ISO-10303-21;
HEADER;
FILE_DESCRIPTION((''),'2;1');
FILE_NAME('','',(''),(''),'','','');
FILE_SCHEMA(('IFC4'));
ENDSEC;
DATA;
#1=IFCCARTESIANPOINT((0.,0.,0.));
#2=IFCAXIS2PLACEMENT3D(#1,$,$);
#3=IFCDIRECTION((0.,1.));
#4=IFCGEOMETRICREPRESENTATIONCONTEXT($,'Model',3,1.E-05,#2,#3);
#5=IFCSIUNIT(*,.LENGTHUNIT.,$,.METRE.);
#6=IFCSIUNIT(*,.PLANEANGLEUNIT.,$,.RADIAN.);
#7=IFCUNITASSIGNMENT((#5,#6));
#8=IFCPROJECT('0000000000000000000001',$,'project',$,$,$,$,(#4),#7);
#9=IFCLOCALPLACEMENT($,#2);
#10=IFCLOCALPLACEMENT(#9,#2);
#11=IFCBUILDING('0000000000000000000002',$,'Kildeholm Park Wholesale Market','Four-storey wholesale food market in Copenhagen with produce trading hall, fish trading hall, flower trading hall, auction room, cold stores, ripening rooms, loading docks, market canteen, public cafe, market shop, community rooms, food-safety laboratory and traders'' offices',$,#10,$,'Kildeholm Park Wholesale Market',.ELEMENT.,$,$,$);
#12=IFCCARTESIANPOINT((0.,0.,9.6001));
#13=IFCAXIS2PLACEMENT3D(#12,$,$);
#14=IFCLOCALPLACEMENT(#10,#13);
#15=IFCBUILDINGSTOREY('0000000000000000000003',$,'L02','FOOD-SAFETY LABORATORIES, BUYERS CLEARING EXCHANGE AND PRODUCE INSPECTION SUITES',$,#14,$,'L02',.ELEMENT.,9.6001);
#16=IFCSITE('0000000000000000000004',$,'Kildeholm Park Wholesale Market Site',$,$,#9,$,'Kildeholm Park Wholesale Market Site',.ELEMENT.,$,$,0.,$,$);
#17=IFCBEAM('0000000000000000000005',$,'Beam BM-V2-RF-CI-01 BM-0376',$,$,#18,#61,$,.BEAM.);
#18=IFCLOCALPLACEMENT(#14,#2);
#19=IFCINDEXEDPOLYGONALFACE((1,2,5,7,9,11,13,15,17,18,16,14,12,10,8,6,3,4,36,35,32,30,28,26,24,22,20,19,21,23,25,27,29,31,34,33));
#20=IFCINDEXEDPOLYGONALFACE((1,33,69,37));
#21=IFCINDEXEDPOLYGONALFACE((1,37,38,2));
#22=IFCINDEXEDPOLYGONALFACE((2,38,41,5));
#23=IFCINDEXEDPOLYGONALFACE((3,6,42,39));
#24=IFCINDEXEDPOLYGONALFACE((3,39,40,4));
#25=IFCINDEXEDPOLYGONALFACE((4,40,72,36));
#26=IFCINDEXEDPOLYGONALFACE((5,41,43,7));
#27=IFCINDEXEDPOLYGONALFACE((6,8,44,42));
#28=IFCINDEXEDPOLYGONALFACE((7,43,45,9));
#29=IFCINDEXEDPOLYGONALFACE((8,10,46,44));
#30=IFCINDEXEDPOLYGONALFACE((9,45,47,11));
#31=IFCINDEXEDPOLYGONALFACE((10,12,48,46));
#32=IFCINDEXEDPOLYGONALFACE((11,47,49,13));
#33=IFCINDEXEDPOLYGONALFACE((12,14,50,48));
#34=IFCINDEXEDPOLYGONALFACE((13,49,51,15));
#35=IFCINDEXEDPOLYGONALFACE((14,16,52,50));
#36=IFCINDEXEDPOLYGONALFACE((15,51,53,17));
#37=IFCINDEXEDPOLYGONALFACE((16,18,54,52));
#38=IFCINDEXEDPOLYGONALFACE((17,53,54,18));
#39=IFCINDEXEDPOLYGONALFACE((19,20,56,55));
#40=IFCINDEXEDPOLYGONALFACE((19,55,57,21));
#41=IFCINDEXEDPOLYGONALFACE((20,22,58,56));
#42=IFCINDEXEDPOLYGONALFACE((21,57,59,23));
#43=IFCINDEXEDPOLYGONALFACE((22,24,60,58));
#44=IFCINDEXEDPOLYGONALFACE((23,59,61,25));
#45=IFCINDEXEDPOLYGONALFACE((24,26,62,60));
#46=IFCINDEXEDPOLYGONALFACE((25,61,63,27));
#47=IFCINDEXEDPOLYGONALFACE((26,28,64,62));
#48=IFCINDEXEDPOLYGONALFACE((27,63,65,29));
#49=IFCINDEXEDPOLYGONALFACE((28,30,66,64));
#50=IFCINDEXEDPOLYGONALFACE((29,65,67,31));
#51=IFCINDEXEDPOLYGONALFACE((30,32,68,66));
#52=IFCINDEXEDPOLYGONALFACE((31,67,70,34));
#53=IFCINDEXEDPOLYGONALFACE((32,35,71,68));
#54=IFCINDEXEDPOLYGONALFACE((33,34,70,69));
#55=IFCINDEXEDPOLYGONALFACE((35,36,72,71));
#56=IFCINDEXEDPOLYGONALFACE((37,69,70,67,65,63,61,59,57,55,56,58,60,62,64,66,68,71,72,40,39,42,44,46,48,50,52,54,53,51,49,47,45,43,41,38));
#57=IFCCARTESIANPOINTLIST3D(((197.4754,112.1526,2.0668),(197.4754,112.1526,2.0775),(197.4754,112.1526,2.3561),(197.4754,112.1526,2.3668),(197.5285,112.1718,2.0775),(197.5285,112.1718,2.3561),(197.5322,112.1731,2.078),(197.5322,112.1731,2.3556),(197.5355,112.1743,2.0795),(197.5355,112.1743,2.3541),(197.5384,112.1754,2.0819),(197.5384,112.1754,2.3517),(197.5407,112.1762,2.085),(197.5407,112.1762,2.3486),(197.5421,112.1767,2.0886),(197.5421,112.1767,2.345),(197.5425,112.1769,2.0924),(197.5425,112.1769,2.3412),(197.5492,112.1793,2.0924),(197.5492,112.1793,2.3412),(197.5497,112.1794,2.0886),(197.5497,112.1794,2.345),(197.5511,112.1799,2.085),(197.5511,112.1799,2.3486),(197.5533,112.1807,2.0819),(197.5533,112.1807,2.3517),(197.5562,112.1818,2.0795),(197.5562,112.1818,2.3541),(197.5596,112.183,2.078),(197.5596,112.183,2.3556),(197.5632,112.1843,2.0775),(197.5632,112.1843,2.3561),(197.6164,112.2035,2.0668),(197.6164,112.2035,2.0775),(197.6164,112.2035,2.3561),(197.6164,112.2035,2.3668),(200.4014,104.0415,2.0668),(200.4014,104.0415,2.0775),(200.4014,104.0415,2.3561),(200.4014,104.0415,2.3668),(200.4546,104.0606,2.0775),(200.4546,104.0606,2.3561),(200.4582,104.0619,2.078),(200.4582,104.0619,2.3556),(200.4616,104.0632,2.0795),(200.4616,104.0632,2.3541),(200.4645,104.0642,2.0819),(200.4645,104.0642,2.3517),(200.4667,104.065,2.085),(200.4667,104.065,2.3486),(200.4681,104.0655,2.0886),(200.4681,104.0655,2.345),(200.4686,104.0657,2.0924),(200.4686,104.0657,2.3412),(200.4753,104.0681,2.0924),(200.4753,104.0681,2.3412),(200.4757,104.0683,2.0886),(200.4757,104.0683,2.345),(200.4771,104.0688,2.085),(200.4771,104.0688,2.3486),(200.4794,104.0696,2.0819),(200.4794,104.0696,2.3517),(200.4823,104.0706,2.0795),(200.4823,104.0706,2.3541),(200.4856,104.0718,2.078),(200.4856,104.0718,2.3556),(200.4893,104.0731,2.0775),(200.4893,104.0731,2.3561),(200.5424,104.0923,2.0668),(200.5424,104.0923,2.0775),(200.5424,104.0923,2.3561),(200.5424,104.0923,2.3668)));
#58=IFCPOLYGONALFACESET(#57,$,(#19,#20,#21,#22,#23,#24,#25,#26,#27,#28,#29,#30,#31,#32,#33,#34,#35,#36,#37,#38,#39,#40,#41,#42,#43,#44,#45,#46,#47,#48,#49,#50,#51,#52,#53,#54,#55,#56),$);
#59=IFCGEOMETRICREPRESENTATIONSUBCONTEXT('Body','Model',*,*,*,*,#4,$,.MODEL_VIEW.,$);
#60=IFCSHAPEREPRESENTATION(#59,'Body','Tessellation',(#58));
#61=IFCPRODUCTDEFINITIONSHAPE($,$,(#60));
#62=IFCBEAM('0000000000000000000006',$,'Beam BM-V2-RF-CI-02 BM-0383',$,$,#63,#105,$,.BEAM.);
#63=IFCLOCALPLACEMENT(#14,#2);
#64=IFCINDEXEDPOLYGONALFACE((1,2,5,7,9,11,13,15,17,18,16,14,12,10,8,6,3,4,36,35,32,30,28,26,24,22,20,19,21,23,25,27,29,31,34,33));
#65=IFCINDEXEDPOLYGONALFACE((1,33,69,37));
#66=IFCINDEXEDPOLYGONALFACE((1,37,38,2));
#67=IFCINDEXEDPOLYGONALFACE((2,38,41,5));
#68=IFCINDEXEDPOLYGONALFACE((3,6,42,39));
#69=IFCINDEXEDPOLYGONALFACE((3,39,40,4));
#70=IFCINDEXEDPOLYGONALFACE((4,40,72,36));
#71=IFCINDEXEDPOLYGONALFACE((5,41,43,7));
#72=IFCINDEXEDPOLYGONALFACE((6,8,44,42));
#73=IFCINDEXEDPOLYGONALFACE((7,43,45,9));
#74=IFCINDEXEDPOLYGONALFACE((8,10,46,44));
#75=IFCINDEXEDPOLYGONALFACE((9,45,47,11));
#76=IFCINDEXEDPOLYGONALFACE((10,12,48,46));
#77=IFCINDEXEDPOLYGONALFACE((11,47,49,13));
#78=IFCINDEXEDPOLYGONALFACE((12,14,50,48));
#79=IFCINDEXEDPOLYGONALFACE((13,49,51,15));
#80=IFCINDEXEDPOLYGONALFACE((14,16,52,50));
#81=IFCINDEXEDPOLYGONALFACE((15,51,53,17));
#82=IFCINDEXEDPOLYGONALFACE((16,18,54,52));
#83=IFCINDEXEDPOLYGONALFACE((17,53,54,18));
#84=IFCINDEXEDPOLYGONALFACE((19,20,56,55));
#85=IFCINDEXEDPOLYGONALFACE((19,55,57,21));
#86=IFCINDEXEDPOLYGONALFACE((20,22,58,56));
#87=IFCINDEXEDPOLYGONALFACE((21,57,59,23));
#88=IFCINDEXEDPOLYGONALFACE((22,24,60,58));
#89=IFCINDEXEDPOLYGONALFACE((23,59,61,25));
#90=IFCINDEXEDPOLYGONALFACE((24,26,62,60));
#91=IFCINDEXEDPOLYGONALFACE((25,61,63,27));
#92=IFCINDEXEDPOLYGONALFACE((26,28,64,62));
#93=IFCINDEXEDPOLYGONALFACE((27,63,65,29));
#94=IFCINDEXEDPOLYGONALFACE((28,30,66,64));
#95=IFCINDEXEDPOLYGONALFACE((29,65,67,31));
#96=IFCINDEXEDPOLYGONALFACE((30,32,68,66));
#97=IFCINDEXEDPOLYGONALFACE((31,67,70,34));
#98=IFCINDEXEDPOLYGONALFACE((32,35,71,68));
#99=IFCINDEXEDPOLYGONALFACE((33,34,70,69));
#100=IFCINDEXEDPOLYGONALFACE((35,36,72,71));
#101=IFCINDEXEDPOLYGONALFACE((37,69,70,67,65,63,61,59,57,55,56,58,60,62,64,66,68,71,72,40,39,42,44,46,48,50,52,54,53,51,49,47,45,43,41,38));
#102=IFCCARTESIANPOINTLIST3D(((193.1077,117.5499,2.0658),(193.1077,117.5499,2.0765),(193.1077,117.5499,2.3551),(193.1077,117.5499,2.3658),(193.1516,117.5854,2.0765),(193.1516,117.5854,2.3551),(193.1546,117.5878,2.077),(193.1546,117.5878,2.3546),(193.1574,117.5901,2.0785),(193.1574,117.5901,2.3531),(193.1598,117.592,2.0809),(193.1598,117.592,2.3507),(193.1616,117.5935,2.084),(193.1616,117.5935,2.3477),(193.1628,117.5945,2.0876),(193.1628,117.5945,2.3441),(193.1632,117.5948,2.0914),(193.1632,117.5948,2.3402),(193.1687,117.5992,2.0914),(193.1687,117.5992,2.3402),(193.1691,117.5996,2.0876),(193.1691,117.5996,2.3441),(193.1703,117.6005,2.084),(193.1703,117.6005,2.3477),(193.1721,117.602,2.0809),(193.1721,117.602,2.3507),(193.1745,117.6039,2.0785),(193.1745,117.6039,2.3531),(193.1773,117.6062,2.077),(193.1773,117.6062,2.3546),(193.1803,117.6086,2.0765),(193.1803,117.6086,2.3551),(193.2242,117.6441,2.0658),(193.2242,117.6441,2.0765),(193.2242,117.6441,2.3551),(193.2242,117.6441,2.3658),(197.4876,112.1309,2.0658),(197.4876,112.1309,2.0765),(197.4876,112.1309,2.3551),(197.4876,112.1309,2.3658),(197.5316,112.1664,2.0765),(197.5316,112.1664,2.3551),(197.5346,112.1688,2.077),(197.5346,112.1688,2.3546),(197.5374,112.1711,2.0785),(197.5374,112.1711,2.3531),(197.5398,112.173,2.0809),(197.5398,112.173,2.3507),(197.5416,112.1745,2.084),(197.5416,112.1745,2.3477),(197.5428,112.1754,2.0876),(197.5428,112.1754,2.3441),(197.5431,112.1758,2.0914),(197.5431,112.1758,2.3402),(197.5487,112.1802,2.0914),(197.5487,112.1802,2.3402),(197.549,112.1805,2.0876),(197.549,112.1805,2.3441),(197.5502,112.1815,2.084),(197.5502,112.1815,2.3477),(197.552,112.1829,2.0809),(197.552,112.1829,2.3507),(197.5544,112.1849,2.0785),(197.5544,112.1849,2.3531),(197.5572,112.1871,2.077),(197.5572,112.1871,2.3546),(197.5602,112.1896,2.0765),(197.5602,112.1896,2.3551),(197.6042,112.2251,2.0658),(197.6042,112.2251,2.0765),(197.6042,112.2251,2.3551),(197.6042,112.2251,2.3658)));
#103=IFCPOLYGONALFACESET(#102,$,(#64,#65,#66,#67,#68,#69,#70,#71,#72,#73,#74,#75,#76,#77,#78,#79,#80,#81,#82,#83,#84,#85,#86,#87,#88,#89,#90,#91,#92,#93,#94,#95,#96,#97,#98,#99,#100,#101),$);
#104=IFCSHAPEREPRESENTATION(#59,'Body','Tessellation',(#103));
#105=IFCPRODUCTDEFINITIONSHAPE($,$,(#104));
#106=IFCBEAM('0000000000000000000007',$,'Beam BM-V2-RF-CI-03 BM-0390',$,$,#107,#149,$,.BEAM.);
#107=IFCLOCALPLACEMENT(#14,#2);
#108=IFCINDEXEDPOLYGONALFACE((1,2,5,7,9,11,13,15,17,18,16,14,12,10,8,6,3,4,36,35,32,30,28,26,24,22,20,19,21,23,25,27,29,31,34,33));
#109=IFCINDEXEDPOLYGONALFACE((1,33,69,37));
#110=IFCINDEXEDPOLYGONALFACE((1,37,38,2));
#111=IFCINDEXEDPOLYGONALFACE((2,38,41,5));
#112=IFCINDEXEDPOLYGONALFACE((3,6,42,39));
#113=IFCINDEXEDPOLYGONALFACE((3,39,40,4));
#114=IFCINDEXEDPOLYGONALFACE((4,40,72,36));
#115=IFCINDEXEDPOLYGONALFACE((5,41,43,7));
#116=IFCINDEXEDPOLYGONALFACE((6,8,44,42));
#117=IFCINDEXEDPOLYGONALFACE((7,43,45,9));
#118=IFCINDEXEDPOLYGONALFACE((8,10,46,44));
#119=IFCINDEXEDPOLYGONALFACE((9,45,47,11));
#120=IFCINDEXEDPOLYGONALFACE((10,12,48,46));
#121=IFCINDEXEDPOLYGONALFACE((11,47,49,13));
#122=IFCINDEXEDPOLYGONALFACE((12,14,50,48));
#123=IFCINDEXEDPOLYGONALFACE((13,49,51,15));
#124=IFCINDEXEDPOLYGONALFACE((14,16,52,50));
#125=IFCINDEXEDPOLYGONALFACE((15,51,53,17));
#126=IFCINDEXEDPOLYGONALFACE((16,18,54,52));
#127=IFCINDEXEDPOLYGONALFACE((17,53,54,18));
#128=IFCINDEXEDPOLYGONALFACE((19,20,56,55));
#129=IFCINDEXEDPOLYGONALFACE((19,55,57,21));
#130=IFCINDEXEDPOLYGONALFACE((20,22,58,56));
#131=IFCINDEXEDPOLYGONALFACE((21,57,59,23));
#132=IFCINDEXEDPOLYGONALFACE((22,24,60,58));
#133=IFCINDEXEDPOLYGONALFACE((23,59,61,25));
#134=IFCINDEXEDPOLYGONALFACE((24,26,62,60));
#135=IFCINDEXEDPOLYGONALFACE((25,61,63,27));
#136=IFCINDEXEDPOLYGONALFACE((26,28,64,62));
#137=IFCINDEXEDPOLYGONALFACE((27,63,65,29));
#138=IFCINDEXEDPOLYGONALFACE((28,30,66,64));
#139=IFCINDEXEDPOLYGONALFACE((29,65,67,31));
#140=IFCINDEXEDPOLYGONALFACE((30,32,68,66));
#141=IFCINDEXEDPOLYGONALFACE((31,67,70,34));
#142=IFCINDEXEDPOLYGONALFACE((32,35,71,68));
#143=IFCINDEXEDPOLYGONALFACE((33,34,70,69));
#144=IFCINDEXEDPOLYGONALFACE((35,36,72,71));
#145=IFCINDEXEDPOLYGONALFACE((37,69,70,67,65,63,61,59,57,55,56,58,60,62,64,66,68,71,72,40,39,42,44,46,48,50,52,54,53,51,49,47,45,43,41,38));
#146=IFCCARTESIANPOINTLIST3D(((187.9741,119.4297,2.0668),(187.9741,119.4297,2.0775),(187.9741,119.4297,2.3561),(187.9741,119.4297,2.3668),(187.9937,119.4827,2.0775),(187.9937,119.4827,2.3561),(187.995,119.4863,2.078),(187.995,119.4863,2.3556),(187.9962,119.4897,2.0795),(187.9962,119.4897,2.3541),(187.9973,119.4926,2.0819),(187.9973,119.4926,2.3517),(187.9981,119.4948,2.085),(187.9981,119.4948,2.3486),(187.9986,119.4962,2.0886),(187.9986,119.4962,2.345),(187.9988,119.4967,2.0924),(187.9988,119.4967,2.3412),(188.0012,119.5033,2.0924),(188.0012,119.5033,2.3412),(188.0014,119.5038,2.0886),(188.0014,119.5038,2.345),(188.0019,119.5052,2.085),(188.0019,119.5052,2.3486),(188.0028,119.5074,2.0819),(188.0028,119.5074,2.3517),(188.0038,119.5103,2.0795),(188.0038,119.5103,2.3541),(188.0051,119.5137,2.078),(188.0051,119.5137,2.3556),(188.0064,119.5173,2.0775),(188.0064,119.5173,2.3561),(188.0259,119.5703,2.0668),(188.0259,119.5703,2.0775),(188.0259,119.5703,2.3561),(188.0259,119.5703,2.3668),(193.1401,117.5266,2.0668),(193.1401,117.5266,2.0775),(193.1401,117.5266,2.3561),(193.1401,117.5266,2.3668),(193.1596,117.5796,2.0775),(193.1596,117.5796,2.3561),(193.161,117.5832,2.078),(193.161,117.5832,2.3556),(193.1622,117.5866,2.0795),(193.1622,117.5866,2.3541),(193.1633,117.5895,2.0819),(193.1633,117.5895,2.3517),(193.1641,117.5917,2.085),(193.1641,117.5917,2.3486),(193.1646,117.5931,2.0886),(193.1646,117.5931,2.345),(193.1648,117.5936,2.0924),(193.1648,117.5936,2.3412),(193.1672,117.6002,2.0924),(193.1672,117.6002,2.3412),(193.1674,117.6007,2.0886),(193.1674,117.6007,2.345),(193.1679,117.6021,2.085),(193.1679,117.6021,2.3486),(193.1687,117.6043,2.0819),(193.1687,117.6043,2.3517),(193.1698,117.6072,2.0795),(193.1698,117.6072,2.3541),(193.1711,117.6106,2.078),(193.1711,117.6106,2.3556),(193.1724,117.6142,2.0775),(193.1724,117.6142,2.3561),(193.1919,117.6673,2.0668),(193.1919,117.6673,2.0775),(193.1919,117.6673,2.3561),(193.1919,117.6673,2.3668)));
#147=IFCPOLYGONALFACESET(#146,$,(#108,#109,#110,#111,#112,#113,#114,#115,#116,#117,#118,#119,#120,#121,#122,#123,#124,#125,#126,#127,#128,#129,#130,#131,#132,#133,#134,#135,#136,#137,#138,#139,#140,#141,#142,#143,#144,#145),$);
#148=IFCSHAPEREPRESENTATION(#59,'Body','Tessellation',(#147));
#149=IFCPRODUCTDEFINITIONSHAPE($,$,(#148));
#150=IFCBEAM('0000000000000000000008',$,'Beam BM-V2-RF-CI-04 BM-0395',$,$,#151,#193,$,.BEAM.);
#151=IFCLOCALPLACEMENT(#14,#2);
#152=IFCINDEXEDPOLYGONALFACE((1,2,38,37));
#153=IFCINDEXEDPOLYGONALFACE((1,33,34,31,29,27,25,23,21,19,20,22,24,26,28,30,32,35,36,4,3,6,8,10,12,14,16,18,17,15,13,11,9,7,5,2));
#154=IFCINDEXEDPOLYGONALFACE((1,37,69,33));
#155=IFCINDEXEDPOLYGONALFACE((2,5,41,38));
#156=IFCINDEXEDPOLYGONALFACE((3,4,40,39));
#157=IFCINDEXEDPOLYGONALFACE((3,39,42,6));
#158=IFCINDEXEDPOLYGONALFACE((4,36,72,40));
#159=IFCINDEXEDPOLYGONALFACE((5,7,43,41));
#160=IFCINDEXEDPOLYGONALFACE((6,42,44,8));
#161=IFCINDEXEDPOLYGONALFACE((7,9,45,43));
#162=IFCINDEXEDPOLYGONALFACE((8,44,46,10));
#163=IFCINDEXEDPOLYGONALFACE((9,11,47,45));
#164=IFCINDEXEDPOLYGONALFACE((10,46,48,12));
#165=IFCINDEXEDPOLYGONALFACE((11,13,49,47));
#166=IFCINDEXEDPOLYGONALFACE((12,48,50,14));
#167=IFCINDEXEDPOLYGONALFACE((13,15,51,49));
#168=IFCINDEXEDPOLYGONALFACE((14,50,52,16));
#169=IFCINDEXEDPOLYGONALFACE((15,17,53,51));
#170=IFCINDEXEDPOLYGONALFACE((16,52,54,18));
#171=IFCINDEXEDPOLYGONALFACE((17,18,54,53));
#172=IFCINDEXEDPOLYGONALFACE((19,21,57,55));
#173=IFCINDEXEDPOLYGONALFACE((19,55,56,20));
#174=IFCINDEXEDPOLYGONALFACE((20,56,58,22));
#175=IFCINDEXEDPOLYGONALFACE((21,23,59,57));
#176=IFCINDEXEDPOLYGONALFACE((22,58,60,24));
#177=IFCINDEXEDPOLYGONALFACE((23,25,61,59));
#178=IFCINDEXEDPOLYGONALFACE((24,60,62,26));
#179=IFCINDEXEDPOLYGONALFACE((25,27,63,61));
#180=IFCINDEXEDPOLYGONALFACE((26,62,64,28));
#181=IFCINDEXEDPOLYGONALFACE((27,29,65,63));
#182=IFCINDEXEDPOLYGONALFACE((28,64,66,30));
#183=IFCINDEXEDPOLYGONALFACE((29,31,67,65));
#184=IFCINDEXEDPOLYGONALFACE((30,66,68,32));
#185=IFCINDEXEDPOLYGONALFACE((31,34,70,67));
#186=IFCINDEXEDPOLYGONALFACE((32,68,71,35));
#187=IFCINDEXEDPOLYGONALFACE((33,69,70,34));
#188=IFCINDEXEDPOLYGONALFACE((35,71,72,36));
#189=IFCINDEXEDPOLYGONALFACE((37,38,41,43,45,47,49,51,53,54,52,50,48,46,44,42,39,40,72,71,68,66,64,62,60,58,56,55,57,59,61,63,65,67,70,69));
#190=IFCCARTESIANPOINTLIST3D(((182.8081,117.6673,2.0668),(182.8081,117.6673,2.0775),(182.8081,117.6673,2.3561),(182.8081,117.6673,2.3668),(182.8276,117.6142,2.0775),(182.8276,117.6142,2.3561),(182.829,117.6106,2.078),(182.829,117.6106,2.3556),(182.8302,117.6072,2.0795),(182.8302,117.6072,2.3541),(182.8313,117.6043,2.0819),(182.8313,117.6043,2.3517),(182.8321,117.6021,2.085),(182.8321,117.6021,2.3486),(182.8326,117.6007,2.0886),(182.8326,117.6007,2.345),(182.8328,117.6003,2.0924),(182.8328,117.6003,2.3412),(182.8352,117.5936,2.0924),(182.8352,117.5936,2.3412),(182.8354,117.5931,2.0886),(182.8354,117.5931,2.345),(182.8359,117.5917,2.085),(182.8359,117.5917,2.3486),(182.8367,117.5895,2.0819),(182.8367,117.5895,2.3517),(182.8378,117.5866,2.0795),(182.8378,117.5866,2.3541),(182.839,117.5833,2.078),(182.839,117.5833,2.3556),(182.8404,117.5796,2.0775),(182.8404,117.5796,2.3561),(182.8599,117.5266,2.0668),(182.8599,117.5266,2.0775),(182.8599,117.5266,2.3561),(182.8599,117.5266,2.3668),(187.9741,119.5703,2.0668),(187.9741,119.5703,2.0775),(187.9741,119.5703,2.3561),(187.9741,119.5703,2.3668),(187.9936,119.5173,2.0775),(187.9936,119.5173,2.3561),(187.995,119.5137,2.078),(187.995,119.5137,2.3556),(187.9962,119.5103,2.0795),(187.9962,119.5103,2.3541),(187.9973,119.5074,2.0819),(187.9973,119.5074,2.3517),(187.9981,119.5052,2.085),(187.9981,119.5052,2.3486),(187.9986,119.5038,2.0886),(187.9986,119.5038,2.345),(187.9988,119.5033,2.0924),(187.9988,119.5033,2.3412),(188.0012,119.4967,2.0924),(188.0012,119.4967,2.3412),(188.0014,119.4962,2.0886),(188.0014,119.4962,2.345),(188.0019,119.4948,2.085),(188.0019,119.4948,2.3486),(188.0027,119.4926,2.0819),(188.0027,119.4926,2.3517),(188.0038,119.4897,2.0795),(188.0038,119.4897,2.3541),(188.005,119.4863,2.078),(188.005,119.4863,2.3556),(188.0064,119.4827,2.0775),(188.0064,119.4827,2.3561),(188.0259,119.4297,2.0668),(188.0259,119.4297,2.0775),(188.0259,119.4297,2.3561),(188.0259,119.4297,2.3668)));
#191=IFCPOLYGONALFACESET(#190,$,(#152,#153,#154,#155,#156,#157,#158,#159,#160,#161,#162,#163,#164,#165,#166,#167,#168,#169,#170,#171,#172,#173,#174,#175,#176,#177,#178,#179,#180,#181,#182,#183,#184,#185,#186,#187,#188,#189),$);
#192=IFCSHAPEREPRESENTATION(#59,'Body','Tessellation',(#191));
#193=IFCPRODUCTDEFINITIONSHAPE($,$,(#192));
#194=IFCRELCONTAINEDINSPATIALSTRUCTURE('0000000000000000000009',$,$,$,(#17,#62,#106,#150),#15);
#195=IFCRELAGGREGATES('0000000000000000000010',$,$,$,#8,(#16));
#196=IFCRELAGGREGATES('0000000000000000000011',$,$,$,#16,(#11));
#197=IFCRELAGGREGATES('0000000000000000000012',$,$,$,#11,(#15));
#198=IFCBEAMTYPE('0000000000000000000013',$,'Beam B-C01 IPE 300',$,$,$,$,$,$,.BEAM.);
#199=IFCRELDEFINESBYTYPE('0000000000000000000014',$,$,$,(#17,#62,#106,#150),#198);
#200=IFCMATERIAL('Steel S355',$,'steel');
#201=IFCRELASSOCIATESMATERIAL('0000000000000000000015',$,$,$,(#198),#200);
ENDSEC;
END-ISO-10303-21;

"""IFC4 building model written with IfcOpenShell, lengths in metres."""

from ifc_helpers import new_model, si_unit, direction, frame, origin, origin_2d, place, context, subcontext, project, spatial, i_section, extrude, material, material_profile, profile_set, type_object, element, save


model = new_model("IFC4")

# Units and contexts
model_context = context("Model", 3, precision=1e-05, world=origin(), true_north=direction((0.0, 1.0)))
body_context = subcontext(model_context, "Body", "Model", "MODEL_VIEW")
ifc_project = project(units=[si_unit("LENGTHUNIT", "METRE"), si_unit("PLANEANGLEUNIT", "RADIAN")], contexts=[model_context])

# Site, building, storey
site_placement = place(None, origin())
site = spatial("IfcSite", under=ifc_project, at=site_placement, Name="Kildeholm Park Wholesale Market Site", LongName="Kildeholm Park Wholesale Market Site", CompositionType="ELEMENT", RefElevation=0.0)
building_placement = place(site_placement, origin())
building = spatial("IfcBuilding", under=site, at=building_placement, Name="Kildeholm Park Wholesale Market", Description="Four-storey wholesale food market in Copenhagen with produce trading hall, fish trading hall, flower trading hall, auction room, cold stores, ripening rooms, loading docks, market canteen, public cafe, market shop, community rooms, food-safety laboratory and traders' offices", LongName="Kildeholm Park Wholesale Market", CompositionType="ELEMENT")
storey_placement = place(building_placement, frame((0.0, 0.0, 9.6001)))
storey = spatial("IfcBuildingStorey", under=building, at=storey_placement, Name="L02", Description="FOOD-SAFETY LABORATORIES, BUYERS CLEARING EXCHANGE AND PRODUCE INSPECTION SUITES", LongName="L02", CompositionType="ELEMENT", Elevation=9.6001)

# Shared definitions
ifc_material_1 = material(Name="Steel S355", Category="steel")

# Beams
ifc_material_profile_1 = material_profile(ifc_material_1, i_section(OverallWidth=0.1499, OverallDepth=0.3, WebThickness=0.0071, FlangeThickness=0.0107, FilletRadius=0.0149, at=origin_2d()), Name="IPE 300")
ifc_profile_set_1 = profile_set([ifc_material_profile_1], Name="Steel S355")
beam_type_1 = type_object("IfcBeamType", Name="Beam B-C01 IPE 300", PredefinedType="BEAM", material=ifc_profile_set_1)
beam_1_placement = place(storey_placement, frame((200.4719, 104.0669, 2.2168), z_axis=(-0.339339, 0.940664, 0.0), x_axis=(-0.940664, -0.339339, 0.0)))
element("IfcBeam", 1, at=beam_1_placement, inside=storey, type_object=beam_type_1, Name="Beam BM-V2-RF-CI-01 BM-0376", PredefinedType="BEAM", context=body_context, shape_type="SweptSolid", body=[
    extrude(i_section(OverallWidth=0.1499, OverallDepth=0.3, WebThickness=0.0071, FlangeThickness=0.0107, FilletRadius=0.0149, at=origin_2d()), origin(), (0.0, 0.0, 1.0), 8.6228),
])
beam_2_placement = place(storey_placement, frame((197.5459, 112.178, 2.2158), z_axis=(-0.628601, 0.777728, 0.0), x_axis=(-0.777728, -0.628601, 0.0)))
element("IfcBeam", 2, at=beam_2_placement, inside=storey, type_object=beam_type_1, Name="Beam BM-V2-RF-CI-02 BM-0383", PredefinedType="BEAM", context=body_context, shape_type="SweptSolid", body=[
    extrude(i_section(OverallWidth=0.1499, OverallDepth=0.3, WebThickness=0.0071, FlangeThickness=0.0107, FilletRadius=0.0149, at=origin_2d()), origin(), (0.0, 0.0, 1.0), 6.9678),
])
for number, where, z_axis, x_axis, name in (
    (3, (193.166, 117.5969, 2.2168), (-0.938354, 0.345675, 0.0), (-0.345675, -0.938354, 0.0), "Beam BM-V2-RF-CI-03 BM-0390"),
    (4, (188.0, 119.5, 2.2168), (-0.938354, -0.345675, 0.0), (0.345675, -0.938354, 0.0), "Beam BM-V2-RF-CI-04 BM-0395"),
):
    element("IfcBeam", number, at=place(storey_placement, frame(where, z_axis=z_axis, x_axis=x_axis)), inside=storey, type_object=beam_type_1, Name=name, PredefinedType="BEAM", context=body_context, shape_type="SweptSolid", body=[
        extrude(i_section(OverallWidth=0.1499, OverallDepth=0.3, WebThickness=0.0071, FlangeThickness=0.0107, FilletRadius=0.0149, at=origin_2d()), origin(), (0.0, 0.0, 1.0), 5.5054),
    ])

save(model, "model.ifc")
